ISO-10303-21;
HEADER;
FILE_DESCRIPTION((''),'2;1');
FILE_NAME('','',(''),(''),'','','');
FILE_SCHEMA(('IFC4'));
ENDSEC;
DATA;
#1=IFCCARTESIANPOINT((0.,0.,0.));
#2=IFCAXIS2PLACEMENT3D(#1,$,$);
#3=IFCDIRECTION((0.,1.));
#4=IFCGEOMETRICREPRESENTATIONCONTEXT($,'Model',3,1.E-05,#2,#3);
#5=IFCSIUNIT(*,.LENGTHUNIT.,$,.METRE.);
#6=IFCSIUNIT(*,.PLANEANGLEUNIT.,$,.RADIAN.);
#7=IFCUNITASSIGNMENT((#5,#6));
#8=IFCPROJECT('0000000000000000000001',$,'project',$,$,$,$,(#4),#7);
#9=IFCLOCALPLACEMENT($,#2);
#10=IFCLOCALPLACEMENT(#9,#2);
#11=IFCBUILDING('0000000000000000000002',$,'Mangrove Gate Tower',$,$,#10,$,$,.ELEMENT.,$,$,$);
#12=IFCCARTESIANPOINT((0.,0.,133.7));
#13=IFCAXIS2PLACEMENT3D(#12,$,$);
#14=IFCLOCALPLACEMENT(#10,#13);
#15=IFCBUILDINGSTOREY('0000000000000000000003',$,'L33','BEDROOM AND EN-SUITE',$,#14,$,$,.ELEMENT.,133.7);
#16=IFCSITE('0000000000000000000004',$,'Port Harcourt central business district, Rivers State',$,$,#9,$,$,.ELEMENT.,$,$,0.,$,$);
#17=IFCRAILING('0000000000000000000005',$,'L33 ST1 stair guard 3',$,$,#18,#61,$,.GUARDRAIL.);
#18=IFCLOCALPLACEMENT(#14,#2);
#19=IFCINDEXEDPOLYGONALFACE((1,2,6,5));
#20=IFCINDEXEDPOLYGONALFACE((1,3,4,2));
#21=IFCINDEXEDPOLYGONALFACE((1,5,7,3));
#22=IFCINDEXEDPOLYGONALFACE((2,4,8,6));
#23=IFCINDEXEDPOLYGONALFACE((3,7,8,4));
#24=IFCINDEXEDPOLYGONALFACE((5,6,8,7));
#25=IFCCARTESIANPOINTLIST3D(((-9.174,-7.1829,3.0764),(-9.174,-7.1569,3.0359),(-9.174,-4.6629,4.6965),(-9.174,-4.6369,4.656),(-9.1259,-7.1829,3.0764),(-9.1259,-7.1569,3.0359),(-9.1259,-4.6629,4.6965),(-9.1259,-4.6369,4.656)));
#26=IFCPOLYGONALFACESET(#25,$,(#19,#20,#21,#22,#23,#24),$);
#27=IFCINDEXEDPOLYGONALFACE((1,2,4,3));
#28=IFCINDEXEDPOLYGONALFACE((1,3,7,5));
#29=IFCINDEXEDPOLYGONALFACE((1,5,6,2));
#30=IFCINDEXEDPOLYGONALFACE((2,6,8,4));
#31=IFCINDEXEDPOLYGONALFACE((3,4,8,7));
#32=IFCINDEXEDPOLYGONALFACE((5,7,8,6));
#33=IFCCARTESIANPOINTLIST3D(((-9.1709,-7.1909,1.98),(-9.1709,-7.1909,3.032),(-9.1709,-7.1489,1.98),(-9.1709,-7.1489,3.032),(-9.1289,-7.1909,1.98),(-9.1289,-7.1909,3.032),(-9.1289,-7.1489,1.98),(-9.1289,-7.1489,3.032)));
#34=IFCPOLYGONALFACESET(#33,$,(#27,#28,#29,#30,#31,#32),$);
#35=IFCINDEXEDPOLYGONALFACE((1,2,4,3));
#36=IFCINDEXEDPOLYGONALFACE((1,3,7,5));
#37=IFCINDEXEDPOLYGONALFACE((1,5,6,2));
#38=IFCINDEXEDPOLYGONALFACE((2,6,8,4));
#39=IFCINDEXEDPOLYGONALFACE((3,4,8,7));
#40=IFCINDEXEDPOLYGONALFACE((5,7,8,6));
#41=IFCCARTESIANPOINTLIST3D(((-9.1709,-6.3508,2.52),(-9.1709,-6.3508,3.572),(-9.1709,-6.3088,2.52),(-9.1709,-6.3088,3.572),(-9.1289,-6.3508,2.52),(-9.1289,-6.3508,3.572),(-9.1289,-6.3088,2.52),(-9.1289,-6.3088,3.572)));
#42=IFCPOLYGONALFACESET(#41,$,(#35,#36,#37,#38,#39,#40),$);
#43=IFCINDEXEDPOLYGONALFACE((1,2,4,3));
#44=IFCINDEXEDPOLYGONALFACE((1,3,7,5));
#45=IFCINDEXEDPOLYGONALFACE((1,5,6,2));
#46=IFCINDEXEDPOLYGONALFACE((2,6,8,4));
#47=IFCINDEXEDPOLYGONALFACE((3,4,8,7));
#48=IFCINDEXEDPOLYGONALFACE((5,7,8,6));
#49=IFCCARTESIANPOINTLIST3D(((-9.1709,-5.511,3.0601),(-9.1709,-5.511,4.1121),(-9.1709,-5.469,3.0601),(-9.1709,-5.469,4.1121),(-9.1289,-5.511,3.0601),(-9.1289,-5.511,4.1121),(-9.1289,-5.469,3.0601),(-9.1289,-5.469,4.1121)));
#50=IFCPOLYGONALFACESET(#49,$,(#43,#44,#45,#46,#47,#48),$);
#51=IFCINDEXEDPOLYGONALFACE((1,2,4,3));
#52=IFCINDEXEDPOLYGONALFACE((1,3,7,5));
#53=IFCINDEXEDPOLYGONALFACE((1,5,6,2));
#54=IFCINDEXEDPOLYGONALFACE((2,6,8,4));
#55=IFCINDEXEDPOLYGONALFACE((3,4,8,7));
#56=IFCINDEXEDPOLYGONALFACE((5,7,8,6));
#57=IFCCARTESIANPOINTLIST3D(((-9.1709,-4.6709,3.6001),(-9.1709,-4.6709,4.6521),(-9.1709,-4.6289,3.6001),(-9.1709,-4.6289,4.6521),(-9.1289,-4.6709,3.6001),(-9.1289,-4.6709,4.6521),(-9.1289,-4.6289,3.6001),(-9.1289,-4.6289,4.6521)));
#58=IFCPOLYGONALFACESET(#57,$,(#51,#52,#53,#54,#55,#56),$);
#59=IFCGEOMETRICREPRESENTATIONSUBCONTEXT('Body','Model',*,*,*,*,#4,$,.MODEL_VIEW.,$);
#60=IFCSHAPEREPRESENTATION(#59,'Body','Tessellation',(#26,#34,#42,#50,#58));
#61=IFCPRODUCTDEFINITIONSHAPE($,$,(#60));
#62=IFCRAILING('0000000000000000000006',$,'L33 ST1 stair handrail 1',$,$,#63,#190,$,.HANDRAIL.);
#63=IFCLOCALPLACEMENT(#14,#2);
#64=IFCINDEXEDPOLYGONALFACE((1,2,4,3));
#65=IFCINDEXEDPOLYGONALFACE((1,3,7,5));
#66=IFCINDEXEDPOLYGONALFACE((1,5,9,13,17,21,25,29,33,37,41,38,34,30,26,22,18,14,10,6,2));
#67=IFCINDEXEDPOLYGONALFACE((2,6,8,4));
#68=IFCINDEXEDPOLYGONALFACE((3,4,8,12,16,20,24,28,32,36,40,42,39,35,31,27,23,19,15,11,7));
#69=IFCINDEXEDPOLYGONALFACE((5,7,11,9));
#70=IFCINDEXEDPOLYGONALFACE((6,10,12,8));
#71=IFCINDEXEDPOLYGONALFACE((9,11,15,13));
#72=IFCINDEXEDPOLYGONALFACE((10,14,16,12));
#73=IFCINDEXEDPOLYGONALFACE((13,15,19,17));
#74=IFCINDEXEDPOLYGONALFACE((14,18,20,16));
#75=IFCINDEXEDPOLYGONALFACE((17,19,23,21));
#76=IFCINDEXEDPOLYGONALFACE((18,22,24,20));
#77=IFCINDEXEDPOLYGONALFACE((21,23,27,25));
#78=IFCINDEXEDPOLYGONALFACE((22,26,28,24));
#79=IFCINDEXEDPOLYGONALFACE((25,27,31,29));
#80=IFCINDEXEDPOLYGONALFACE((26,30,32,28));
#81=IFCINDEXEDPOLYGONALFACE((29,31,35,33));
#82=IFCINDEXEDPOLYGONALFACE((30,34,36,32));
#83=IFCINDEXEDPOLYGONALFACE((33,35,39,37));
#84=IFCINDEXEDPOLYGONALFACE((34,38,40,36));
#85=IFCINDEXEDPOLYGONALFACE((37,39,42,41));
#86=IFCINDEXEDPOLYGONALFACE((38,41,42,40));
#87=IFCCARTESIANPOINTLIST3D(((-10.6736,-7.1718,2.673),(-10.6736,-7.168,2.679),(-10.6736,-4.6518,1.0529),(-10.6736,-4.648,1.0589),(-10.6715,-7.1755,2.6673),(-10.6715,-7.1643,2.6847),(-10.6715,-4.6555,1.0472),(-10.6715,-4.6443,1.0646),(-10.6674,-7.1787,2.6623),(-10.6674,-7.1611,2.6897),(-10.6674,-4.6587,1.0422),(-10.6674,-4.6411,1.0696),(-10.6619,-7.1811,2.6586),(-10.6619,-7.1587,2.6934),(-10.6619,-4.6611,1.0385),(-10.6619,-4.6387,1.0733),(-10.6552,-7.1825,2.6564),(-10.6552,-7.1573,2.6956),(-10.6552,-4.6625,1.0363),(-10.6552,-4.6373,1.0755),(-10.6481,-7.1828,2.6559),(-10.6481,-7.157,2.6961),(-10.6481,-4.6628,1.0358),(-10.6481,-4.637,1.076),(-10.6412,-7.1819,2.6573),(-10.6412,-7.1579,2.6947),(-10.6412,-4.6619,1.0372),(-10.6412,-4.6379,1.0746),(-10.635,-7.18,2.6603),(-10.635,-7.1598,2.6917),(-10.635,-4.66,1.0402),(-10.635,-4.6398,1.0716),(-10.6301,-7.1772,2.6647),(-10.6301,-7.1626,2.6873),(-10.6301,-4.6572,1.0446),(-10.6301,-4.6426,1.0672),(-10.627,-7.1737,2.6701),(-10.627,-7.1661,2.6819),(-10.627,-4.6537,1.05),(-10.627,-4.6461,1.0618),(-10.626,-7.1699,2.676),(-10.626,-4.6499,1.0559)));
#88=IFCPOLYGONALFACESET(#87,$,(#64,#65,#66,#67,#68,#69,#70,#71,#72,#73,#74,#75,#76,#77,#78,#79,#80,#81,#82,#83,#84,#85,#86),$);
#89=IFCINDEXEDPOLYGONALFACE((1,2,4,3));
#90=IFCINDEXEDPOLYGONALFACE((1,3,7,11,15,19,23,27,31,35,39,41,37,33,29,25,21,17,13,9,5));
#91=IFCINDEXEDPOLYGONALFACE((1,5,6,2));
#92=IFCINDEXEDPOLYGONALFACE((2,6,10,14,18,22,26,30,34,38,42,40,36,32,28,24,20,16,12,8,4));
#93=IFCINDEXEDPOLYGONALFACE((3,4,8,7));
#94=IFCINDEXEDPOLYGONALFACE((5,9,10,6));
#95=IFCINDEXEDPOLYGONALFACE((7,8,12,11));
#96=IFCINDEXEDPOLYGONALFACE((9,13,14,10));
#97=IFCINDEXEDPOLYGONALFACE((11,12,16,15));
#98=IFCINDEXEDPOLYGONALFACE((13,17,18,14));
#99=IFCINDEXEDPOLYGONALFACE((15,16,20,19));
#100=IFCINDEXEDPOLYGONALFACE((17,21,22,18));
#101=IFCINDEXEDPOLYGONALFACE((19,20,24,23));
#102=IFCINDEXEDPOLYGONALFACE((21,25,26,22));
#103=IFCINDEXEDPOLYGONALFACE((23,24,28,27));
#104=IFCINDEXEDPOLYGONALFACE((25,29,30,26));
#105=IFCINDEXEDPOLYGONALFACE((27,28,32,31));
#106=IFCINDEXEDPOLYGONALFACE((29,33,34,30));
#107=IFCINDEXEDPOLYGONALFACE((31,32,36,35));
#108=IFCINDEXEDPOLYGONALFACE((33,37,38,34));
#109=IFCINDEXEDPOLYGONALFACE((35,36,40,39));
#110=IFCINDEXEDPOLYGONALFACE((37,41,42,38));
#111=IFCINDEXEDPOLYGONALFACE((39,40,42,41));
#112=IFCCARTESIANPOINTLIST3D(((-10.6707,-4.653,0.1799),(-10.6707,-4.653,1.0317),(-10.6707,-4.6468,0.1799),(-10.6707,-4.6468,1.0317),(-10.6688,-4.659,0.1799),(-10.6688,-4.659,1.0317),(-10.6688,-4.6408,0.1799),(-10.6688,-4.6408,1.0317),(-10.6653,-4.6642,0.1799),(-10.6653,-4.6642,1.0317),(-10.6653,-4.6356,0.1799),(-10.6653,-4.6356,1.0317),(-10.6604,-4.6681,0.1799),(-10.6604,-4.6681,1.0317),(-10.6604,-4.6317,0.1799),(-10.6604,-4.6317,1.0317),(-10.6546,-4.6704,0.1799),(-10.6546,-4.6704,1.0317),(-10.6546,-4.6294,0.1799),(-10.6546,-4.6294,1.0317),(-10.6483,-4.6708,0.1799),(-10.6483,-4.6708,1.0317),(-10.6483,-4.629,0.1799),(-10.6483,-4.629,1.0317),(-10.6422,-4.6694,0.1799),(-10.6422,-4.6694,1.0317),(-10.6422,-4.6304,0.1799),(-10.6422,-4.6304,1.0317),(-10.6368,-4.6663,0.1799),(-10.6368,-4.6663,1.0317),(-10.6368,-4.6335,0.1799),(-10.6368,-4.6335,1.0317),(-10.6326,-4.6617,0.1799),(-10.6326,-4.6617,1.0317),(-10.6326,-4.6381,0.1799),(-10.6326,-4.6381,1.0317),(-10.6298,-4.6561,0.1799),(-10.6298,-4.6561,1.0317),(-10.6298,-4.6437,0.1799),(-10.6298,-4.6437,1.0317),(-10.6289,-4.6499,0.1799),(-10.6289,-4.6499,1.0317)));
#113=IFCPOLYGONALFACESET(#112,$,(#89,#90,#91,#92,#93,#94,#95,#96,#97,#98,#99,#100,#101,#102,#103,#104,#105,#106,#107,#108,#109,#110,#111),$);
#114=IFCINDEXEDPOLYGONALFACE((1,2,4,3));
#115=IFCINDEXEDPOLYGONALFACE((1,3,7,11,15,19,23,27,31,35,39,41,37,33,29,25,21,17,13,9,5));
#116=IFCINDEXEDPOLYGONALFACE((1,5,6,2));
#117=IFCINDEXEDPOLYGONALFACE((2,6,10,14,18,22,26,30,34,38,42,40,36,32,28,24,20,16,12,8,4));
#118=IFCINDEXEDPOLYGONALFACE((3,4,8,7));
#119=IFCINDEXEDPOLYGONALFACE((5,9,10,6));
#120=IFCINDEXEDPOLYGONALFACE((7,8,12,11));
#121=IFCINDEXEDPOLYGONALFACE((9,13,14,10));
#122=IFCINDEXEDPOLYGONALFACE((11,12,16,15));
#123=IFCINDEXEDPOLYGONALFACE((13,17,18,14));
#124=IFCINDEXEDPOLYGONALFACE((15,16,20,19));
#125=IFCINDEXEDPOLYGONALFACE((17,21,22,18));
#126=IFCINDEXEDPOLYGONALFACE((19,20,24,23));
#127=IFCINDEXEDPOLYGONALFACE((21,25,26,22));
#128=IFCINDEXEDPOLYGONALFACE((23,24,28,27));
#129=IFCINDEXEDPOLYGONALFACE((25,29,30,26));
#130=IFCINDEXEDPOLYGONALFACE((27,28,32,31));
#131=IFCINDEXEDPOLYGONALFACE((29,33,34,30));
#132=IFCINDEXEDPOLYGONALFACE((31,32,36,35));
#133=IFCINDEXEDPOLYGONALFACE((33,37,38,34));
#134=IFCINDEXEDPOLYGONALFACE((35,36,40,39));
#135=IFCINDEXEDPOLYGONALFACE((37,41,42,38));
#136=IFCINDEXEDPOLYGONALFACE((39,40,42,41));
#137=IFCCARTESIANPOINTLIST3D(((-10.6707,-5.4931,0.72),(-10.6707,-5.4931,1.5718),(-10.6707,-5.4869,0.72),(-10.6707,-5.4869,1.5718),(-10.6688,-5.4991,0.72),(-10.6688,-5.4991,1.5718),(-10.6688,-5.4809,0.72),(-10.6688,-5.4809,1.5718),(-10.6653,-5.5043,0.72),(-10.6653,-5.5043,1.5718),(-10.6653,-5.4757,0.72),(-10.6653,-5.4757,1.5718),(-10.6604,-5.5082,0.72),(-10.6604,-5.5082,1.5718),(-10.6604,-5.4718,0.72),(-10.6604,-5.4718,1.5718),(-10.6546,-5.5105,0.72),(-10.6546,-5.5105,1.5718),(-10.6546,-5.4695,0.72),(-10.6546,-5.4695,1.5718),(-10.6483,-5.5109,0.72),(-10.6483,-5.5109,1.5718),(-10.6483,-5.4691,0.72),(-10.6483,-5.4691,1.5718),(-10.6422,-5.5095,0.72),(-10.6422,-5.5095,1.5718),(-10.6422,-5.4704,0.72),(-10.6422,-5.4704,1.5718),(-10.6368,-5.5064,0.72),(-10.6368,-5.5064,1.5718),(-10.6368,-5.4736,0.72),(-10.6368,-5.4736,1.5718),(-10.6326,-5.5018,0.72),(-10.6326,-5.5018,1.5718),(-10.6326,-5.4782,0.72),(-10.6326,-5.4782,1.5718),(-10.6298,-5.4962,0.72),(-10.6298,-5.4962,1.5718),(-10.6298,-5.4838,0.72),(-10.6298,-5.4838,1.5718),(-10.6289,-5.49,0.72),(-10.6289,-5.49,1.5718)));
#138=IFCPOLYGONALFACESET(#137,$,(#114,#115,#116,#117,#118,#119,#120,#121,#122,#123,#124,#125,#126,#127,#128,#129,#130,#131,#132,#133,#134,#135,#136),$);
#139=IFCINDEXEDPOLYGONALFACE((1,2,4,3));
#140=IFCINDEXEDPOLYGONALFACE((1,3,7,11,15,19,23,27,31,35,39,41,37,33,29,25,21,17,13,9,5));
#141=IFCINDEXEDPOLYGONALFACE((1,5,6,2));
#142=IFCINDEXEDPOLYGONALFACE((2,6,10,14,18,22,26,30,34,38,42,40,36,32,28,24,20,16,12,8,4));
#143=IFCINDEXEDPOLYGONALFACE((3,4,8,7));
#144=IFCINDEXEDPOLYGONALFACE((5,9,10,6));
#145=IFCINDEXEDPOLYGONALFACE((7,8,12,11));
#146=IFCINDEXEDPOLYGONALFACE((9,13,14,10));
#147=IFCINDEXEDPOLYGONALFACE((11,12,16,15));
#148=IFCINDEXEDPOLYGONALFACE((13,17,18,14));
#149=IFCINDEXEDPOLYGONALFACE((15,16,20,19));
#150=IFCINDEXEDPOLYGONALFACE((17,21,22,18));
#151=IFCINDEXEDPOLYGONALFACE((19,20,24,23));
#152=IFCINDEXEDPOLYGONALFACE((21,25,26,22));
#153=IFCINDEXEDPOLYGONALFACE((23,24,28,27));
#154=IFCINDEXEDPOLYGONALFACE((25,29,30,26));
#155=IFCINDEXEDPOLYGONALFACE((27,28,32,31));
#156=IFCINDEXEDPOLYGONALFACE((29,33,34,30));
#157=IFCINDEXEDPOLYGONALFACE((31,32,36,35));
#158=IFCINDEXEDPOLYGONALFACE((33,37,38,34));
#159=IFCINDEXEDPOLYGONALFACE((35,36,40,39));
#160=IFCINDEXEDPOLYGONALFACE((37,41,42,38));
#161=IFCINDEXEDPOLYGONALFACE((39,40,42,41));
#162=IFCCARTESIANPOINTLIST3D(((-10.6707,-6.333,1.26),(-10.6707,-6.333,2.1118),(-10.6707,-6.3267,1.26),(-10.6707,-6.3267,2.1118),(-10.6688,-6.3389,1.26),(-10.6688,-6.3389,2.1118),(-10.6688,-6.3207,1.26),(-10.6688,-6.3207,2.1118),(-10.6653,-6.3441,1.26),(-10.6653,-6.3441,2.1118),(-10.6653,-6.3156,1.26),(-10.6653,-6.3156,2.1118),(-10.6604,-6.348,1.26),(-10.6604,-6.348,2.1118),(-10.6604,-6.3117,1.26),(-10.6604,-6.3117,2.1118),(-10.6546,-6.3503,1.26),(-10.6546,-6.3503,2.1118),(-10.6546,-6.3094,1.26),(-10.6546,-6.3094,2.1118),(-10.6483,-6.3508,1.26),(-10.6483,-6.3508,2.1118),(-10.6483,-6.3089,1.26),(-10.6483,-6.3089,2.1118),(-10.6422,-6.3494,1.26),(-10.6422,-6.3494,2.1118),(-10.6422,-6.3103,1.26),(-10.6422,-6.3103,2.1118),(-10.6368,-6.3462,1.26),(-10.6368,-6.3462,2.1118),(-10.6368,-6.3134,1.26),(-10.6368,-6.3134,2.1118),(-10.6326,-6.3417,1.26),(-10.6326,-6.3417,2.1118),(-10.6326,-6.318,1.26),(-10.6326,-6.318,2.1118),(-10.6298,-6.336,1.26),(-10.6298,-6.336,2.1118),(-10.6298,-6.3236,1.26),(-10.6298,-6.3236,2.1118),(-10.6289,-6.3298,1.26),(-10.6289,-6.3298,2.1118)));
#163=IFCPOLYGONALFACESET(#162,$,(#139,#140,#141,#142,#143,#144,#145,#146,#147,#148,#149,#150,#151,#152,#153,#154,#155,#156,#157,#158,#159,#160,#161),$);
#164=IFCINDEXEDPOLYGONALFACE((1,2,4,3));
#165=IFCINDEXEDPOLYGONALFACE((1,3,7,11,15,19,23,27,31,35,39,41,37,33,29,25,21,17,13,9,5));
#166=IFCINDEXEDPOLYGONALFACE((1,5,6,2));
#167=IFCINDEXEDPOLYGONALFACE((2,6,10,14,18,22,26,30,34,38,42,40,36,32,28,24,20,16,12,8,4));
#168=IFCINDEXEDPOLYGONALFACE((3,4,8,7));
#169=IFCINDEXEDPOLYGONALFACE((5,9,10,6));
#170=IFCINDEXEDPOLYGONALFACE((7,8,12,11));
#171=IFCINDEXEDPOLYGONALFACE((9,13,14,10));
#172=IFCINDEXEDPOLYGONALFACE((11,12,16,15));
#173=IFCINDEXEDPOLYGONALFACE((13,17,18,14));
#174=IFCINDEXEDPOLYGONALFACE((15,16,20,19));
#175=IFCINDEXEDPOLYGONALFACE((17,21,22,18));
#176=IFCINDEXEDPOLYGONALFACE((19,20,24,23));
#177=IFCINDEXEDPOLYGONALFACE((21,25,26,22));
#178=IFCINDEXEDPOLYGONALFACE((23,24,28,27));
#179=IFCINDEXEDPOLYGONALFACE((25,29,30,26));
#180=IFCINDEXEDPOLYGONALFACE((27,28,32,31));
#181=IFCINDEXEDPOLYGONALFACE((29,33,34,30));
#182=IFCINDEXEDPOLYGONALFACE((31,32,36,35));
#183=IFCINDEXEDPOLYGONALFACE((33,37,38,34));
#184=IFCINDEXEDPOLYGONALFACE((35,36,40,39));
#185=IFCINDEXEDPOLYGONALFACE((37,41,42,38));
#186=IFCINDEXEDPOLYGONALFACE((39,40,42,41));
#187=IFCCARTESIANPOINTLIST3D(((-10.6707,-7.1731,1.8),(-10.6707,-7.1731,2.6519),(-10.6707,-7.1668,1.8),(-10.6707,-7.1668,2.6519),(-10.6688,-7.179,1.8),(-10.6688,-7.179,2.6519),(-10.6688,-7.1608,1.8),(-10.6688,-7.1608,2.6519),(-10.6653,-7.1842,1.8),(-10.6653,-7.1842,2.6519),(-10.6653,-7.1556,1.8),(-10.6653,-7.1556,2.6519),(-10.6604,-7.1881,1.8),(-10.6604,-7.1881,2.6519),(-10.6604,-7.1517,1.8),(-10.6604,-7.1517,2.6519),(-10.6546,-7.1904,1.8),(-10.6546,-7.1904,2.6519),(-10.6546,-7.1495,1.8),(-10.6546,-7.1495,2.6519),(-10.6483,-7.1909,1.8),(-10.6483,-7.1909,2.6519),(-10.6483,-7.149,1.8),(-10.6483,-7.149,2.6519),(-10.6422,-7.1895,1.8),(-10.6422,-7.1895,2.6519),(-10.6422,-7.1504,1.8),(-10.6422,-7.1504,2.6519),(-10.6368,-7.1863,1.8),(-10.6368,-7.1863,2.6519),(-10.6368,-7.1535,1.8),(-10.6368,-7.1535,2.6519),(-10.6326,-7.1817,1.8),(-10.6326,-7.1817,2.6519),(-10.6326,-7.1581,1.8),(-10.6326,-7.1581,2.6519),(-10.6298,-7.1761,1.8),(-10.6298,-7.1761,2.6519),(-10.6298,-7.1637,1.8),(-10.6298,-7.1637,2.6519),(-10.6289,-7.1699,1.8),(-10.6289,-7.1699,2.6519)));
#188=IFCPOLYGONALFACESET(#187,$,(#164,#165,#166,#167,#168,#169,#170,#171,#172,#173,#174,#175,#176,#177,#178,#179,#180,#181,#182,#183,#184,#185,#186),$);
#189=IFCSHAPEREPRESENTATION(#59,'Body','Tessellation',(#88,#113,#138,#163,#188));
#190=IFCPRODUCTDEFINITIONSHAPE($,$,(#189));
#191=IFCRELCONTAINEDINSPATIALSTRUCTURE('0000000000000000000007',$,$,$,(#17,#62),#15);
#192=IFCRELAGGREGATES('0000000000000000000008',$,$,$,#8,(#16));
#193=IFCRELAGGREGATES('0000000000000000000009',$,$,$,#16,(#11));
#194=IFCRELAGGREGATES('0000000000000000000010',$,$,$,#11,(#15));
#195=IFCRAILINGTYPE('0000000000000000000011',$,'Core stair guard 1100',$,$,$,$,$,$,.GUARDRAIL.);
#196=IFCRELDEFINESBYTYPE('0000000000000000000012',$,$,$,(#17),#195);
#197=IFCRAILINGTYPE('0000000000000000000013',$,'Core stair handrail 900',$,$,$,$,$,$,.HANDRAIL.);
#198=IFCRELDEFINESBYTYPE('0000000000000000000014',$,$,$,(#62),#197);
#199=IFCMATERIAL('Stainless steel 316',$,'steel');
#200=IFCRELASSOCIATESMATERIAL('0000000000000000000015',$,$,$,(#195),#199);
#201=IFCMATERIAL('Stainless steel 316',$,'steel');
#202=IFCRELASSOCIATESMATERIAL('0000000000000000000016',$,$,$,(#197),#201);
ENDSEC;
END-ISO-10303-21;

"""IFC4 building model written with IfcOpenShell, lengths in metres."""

from ifc_helpers import new_model, si_unit, direction, frame, origin, origin_2d, place, context, subcontext, project, spatial, rectangle, circle, extrude, material, type_object, element, save


model = new_model("IFC4")

# Units and contexts
model_context = context("Model", 3, precision=1e-05, world=origin(), true_north=direction((0.0, 1.0)))
body_context = subcontext(model_context, "Body", "Model", "MODEL_VIEW")
ifc_project = project(units=[si_unit("LENGTHUNIT", "METRE"), si_unit("PLANEANGLEUNIT", "RADIAN")], contexts=[model_context])

# Site, building, storey
site_placement = place(None, origin())
site = spatial("IfcSite", under=ifc_project, at=site_placement, Name="Port Harcourt central business district, Rivers State", CompositionType="ELEMENT", RefElevation=0.0)
building_placement = place(site_placement, origin())
building = spatial("IfcBuilding", under=site, at=building_placement, Name="Mangrove Gate Tower", CompositionType="ELEMENT")
storey_placement = place(building_placement, frame((0.0, 0.0, 133.7)))
storey = spatial("IfcBuildingStorey", under=building, at=storey_placement, Name="L33", Description="BEDROOM AND EN-SUITE", CompositionType="ELEMENT", Elevation=133.7)

# Railings
ifc_material_1 = material(Name="Stainless steel 316", Category="steel")
railing_type_1 = type_object("IfcRailingType", Name="Core stair guard 1100", PredefinedType="GUARDRAIL", material=ifc_material_1)
railing_1_placement = place(storey_placement, frame((-9.1499, -7.1699, 1.98)))
element("IfcRailing", 1, at=railing_1_placement, inside=storey, type_object=railing_type_1, Name="L33 ST1 stair guard 3", PredefinedType="GUARDRAIL", context=body_context, shape_type="SweptSolid", body=[
    extrude(rectangle(XDim=0.0481, YDim=0.0481, at=origin_2d()), frame((0.0, 0.0, 1.0762), z_axis=(0.0, 0.841163, 0.540782), x_axis=(-1.0, 0.0, 0.0)), (0.0, 0.0, 1.0), 2.9958),
    extrude(rectangle(XDim=0.042, YDim=0.042, at=origin_2d()), origin(), (0.0, 0.0, 1.0), 1.052),
    extrude(rectangle(XDim=0.042, YDim=0.042, at=origin_2d()), frame((0.0, 0.8401, 0.54)), (0.0, 0.0, 1.0), 1.052),
    extrude(rectangle(XDim=0.042, YDim=0.042, at=origin_2d()), frame((0.0, 1.6799, 1.0801)), (0.0, 0.0, 1.0), 1.052),
    extrude(rectangle(XDim=0.042, YDim=0.042, at=origin_2d()), frame((0.0, 2.52, 1.6201)), (0.0, 0.0, 1.0), 1.052),
])
ifc_material_2 = material(Name="Stainless steel 316", Category="steel")
railing_type_2 = type_object("IfcRailingType", Name="Core stair handrail 900", PredefinedType="HANDRAIL", material=ifc_material_2)
railing_2_placement = place(storey_placement, frame((-10.6499, -4.6499, 0.1799)))
element("IfcRailing", 2, at=railing_2_placement, inside=storey, type_object=railing_type_2, Name="L33 ST1 stair handrail 1", PredefinedType="HANDRAIL", context=body_context, shape_type="SweptSolid", body=[
    extrude(circle(Radius=0.0239, at=origin_2d()), frame((0.0, 0.0, 0.876), z_axis=(0.0, -0.841163, 0.540782), x_axis=(1.0, 0.0, 0.0)), (0.0, 0.0, 1.0), 2.9958),
    extrude(circle(Radius=0.021, at=origin_2d()), origin(), (0.0, 0.0, 1.0), 0.8518),
    extrude(circle(Radius=0.021, at=origin_2d()), frame((0.0, -0.8401, 0.54)), (0.0, 0.0, 1.0), 0.8518),
    extrude(circle(Radius=0.021, at=origin_2d()), frame((0.0, -1.6799, 1.0801)), (0.0, 0.0, 1.0), 0.8518),
    extrude(circle(Radius=0.021, at=origin_2d()), frame((0.0, -2.52, 1.6201)), (0.0, 0.0, 1.0), 0.8518),
])

save(model, "model.ifc")
